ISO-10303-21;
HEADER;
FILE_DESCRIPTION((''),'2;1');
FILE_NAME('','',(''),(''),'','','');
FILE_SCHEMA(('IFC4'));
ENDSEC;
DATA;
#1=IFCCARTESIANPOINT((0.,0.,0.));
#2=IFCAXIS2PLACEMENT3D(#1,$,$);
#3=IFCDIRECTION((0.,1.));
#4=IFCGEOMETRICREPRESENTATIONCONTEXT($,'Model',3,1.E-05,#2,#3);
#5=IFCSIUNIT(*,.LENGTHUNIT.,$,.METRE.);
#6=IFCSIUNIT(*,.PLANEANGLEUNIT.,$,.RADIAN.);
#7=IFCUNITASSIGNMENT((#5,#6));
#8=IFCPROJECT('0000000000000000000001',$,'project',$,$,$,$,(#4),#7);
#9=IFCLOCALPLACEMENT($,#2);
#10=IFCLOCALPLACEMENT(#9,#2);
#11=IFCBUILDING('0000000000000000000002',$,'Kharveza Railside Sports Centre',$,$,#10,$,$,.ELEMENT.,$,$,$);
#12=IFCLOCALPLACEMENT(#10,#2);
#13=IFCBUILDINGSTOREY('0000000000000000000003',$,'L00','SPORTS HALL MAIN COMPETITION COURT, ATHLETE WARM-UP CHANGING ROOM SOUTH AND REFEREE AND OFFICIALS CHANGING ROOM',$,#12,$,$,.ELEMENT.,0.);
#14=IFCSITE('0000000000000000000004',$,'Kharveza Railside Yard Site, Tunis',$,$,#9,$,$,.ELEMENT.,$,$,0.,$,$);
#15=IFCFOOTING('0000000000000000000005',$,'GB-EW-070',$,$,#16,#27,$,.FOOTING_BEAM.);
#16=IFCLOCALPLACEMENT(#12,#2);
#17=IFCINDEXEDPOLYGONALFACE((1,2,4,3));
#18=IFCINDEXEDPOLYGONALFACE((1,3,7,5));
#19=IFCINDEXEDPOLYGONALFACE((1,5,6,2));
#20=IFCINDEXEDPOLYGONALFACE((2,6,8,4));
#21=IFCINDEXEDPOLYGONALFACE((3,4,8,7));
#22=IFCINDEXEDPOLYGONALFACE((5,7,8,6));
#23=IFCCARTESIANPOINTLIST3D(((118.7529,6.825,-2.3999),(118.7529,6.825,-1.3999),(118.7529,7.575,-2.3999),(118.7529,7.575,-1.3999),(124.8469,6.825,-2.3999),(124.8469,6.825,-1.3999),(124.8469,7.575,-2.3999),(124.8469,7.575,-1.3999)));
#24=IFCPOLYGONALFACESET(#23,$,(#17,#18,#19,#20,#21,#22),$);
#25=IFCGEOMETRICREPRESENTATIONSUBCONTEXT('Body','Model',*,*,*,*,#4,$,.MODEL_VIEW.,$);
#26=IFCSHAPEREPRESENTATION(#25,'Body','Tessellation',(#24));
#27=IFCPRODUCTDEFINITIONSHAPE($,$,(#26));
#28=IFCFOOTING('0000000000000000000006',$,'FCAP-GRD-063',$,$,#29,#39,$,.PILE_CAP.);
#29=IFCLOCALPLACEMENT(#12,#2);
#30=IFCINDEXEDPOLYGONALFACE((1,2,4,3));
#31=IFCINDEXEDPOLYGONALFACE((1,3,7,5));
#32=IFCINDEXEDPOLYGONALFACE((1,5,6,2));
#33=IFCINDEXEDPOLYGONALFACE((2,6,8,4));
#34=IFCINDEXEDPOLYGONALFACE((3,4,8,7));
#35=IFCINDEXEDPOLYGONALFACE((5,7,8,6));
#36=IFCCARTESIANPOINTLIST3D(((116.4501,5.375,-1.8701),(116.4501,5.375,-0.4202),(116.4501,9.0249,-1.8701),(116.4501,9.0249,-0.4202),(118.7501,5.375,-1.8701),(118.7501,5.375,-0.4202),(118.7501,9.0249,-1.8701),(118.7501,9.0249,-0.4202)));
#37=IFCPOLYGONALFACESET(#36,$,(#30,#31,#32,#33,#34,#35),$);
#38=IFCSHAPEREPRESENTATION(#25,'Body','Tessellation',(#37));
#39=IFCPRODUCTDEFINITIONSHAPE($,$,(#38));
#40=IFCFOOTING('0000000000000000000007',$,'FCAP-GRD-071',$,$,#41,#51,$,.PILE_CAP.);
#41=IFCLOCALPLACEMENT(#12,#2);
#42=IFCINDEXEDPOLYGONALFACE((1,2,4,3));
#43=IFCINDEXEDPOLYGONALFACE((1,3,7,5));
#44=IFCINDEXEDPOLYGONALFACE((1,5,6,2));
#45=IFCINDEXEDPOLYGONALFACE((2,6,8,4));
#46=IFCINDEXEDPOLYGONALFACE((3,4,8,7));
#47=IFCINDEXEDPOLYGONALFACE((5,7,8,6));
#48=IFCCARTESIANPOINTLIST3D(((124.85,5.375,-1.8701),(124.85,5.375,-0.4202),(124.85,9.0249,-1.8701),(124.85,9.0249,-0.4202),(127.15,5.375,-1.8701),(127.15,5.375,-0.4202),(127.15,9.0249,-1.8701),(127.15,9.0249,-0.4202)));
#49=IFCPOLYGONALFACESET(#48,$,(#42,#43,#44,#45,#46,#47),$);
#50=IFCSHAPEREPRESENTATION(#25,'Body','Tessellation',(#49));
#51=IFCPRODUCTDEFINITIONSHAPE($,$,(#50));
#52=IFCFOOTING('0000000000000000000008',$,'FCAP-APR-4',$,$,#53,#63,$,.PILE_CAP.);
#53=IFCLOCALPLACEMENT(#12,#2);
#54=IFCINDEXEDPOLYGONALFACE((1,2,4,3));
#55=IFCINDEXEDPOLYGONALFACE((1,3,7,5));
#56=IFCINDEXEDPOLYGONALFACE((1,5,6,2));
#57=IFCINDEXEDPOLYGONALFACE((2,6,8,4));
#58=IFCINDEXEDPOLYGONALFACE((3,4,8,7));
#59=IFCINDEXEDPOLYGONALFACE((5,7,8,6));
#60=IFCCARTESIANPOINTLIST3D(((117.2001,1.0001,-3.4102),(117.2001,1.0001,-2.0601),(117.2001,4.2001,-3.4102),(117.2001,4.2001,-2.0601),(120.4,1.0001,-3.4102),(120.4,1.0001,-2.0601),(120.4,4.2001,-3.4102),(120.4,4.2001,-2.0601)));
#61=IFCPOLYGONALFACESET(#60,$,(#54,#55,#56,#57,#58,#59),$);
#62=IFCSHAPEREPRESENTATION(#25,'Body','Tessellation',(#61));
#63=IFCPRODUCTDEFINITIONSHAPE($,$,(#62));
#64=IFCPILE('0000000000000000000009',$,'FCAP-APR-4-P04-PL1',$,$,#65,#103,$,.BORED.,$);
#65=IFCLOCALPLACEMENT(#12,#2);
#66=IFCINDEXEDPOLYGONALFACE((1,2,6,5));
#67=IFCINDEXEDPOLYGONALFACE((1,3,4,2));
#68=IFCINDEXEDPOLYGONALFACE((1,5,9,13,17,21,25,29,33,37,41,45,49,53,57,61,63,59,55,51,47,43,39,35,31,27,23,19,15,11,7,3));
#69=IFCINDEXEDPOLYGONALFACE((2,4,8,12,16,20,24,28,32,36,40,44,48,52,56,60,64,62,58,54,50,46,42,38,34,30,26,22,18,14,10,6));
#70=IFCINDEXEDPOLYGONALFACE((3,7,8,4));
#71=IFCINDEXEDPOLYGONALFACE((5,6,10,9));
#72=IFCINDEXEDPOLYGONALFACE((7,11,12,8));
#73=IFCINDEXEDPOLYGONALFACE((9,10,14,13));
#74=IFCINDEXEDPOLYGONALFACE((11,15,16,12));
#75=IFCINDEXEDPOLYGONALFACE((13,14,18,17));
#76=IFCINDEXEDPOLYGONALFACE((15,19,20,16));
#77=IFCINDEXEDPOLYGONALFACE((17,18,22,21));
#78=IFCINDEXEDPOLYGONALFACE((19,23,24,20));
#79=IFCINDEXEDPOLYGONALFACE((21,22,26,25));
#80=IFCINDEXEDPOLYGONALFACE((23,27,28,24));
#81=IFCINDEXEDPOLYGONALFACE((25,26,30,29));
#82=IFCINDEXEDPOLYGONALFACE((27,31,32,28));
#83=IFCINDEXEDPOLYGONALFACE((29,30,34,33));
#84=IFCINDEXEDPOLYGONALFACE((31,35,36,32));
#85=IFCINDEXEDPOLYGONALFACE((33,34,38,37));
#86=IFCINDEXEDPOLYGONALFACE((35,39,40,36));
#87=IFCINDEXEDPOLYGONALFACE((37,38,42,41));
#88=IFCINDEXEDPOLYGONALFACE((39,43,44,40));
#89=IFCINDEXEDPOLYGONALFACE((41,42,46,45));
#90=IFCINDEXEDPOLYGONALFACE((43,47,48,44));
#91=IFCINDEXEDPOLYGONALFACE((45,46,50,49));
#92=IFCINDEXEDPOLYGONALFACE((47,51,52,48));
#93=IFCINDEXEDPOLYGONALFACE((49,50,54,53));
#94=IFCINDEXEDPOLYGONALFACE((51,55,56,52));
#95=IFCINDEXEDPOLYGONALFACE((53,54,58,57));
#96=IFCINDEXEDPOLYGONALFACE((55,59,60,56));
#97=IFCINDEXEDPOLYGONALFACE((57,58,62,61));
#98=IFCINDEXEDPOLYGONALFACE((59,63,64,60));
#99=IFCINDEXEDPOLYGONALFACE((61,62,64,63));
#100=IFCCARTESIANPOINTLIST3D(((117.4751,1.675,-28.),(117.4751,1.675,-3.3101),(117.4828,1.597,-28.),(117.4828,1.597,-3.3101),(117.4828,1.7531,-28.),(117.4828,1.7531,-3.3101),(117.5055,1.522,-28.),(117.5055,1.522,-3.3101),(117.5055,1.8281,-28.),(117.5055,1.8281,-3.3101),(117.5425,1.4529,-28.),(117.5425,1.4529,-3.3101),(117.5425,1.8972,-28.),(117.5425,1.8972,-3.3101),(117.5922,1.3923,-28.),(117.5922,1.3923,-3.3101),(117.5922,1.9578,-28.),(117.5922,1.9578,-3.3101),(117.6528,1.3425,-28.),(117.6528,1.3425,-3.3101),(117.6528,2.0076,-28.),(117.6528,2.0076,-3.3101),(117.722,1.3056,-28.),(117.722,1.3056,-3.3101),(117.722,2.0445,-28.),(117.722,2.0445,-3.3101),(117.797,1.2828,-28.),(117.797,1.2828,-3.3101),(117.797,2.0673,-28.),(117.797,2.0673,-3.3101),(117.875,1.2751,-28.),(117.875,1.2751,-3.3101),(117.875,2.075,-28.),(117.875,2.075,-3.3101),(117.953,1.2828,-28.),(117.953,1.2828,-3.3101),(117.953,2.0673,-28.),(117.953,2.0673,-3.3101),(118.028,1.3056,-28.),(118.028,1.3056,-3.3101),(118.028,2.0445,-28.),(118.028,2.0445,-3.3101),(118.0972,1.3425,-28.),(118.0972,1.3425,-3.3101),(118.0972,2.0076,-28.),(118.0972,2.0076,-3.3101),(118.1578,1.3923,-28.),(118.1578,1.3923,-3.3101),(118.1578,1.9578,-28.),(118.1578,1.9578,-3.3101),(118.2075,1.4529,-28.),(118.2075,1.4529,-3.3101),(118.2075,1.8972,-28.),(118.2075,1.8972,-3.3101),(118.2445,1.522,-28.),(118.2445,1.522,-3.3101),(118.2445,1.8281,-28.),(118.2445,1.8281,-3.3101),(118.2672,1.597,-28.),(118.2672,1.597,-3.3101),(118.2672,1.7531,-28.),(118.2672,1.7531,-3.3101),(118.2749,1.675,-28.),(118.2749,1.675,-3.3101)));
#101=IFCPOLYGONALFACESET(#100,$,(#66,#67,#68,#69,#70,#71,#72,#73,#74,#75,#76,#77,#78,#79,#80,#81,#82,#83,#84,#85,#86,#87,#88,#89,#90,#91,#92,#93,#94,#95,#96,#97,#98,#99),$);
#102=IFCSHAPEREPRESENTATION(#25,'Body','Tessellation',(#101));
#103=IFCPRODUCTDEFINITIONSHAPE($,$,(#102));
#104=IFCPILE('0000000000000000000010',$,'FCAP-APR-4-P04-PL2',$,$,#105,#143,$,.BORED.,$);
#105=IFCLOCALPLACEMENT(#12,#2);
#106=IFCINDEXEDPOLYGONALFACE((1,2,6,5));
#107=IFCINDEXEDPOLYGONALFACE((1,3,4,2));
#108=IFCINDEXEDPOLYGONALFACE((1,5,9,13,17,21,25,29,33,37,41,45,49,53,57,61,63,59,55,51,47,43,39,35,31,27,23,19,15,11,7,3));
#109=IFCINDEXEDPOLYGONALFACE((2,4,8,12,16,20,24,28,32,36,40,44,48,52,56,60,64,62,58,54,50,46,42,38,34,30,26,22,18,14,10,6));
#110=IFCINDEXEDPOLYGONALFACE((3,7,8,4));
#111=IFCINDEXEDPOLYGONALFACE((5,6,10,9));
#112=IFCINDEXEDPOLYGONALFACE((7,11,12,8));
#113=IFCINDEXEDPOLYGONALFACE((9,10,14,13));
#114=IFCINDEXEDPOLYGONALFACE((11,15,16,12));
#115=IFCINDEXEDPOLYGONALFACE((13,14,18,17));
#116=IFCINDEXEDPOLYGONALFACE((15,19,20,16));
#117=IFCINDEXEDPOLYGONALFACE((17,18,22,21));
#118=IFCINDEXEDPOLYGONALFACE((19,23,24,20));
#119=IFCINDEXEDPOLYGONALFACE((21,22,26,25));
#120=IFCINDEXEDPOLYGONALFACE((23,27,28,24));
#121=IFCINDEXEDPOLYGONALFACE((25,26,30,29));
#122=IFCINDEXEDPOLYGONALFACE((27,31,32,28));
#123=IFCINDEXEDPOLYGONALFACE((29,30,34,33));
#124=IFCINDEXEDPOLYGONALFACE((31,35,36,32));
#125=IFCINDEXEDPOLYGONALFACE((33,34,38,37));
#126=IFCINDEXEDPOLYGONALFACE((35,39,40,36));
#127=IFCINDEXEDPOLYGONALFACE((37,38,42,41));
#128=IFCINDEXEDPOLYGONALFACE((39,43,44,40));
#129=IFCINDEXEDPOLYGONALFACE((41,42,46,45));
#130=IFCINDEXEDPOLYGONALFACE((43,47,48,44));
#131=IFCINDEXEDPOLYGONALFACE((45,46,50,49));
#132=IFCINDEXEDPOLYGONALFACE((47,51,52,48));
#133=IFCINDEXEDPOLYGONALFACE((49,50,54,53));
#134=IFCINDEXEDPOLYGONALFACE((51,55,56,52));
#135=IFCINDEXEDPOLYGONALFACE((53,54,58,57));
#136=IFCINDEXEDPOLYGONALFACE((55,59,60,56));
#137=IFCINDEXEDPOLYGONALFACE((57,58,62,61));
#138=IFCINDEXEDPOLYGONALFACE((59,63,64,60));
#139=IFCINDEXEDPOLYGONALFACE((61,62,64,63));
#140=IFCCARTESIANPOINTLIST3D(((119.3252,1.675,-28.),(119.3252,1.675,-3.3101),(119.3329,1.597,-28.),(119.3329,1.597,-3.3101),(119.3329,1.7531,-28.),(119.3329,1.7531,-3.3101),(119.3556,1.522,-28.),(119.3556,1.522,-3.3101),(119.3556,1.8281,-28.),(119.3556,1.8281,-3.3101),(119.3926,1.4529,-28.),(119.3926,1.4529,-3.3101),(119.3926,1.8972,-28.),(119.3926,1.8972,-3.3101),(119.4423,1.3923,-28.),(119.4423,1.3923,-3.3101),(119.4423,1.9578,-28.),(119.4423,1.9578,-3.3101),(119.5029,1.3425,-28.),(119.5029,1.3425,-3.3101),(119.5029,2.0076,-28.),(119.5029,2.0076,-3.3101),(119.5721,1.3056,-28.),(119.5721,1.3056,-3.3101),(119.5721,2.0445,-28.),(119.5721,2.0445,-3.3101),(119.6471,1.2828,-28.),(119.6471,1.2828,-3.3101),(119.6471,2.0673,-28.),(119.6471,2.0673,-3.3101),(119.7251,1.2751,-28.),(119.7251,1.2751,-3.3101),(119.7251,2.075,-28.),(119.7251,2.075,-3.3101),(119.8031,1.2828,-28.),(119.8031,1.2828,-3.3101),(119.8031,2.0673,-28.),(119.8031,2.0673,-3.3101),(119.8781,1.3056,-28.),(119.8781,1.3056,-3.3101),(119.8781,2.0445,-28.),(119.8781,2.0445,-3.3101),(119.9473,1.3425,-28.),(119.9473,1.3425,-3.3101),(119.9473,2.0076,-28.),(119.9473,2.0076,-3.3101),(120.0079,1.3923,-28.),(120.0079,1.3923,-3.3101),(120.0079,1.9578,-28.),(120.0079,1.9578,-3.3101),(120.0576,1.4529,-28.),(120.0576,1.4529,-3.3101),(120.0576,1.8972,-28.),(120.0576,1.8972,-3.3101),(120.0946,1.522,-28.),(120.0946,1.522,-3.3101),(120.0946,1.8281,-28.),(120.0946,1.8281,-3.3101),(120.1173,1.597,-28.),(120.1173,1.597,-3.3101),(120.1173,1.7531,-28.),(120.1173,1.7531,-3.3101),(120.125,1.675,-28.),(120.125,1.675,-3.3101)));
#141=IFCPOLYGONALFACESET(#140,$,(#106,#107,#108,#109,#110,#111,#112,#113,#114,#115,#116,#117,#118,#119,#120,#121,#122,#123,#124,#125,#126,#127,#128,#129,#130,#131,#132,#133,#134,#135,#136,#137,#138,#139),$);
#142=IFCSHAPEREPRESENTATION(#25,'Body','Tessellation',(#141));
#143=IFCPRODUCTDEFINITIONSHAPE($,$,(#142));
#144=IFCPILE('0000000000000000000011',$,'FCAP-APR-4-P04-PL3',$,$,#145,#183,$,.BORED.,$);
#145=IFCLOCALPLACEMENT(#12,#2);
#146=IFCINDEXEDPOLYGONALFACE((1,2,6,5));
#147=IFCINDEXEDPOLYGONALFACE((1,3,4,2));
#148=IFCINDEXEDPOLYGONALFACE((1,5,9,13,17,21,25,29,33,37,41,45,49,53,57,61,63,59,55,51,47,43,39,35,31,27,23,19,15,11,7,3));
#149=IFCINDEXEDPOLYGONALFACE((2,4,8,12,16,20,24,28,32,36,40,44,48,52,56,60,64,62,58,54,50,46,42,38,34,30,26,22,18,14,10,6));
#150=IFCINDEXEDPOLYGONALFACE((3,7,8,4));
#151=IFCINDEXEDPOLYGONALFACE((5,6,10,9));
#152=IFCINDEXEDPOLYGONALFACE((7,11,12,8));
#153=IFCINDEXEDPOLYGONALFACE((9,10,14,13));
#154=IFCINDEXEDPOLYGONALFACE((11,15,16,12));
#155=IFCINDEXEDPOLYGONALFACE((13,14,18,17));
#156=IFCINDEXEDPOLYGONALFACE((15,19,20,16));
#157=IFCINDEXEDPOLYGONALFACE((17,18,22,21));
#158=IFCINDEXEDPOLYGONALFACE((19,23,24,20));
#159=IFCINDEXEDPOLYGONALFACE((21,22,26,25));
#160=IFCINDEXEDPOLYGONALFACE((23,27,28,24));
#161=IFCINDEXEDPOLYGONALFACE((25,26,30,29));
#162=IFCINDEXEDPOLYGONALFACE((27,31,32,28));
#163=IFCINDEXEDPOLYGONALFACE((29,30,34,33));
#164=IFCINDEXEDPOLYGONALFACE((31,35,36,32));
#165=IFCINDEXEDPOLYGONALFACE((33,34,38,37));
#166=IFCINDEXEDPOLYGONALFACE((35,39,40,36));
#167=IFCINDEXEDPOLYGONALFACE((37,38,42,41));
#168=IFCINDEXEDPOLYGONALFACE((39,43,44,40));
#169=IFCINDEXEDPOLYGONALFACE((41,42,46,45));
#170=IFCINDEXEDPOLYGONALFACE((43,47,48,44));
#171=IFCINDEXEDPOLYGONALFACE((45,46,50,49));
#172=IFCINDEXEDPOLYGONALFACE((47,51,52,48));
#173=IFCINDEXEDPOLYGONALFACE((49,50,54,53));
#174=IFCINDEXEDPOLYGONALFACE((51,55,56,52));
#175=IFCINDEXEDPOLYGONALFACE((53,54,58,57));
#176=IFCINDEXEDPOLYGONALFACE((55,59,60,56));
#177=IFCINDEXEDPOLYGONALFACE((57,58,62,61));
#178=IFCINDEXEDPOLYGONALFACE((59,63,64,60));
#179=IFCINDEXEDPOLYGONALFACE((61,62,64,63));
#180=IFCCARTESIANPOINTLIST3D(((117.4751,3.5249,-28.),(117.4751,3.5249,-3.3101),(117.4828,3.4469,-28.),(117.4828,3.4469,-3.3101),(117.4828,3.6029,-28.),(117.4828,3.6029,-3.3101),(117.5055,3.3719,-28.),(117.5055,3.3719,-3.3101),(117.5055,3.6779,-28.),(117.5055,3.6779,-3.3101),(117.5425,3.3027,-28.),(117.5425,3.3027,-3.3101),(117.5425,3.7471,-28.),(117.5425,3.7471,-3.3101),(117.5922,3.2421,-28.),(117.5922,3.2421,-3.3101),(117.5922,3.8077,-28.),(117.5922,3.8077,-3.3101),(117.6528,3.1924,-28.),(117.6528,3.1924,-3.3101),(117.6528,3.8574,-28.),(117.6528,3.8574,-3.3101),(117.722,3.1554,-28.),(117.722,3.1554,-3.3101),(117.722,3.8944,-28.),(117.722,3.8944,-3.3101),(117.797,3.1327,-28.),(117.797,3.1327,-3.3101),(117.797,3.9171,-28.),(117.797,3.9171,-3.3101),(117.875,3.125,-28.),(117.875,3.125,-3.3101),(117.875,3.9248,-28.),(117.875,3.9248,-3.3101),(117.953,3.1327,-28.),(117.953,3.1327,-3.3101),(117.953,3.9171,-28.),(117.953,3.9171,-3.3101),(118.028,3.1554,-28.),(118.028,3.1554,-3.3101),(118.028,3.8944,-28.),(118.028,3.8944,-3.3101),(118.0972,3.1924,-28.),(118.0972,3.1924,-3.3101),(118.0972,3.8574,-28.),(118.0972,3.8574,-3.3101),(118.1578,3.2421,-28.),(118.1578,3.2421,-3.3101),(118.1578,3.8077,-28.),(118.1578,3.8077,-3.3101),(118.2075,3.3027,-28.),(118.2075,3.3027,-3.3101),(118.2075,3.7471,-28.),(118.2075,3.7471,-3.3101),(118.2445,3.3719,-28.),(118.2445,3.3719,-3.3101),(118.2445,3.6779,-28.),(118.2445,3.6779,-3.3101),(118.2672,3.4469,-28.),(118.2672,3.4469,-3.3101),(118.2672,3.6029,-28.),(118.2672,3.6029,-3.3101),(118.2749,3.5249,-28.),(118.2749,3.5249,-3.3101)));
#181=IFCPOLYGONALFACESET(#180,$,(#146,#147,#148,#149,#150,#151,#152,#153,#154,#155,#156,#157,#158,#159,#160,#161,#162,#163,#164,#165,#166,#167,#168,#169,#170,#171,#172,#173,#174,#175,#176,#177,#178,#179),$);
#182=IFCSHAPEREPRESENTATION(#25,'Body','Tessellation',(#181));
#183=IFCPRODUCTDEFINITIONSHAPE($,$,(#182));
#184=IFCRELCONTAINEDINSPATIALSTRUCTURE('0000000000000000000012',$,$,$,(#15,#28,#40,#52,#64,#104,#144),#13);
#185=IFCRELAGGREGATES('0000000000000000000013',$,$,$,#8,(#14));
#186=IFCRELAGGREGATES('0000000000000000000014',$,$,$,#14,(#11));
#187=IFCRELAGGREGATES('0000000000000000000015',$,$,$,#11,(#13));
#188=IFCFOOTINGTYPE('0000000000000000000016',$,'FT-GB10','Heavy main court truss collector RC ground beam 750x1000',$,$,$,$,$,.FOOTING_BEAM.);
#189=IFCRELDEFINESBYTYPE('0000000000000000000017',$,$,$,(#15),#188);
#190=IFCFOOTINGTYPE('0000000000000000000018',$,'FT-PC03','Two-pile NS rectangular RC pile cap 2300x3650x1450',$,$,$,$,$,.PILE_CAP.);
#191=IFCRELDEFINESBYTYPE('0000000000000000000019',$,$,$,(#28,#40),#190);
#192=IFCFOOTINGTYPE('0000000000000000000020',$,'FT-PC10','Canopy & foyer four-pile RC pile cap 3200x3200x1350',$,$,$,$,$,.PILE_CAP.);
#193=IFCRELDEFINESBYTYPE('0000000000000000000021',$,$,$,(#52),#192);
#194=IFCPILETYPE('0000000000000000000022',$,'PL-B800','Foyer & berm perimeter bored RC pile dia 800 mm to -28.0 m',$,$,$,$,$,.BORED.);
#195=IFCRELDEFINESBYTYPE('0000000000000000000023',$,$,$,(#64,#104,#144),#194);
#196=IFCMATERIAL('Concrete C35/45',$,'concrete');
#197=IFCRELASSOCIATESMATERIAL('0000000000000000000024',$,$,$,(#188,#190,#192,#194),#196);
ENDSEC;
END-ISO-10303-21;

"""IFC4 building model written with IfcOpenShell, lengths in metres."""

from ifc_helpers import new_model, si_unit, direction, frame, origin, origin_2d, place, context, subcontext, project, spatial, rectangle, circle, extrude, material, material_profile, profile_set, type_object, element, save


model = new_model("IFC4")

# Units and contexts
model_context = context("Model", 3, precision=1e-05, world=origin(), true_north=direction((0.0, 1.0)))
body_context = subcontext(model_context, "Body", "Model", "MODEL_VIEW")
ifc_project = project(units=[si_unit("LENGTHUNIT", "METRE"), si_unit("PLANEANGLEUNIT", "RADIAN")], contexts=[model_context])

# Site, building, storey
site_placement = place(None, origin())
site = spatial("IfcSite", under=ifc_project, at=site_placement, Name="Kharveza Railside Yard Site, Tunis", CompositionType="ELEMENT", RefElevation=0.0)
building_placement = place(site_placement, origin())
building = spatial("IfcBuilding", under=site, at=building_placement, Name="Kharveza Railside Sports Centre", CompositionType="ELEMENT")
storey_placement = place(building_placement, origin())
storey = spatial("IfcBuildingStorey", under=building, at=storey_placement, Name="L00", Description="SPORTS HALL MAIN COMPETITION COURT, ATHLETE WARM-UP CHANGING ROOM SOUTH AND REFEREE AND OFFICIALS CHANGING ROOM", CompositionType="ELEMENT", Elevation=0.0)

# Footings
ifc_material_1 = material(Name="Concrete C35/45", Category="concrete")
ifc_material_profile_1 = material_profile(ifc_material_1, rectangle(XDim=0.75, YDim=1.0, at=origin_2d()), Name="GB 750x1000")
ifc_profile_set_1 = profile_set([ifc_material_profile_1], Name="Concrete C35/45")
footing_type_1 = type_object("IfcFootingType", Name="FT-GB10", Description="Heavy main court truss collector RC ground beam 750x1000", PredefinedType="FOOTING_BEAM", material=ifc_profile_set_1)
footing_1_placement = place(storey_placement, frame((118.7529, 7.2, -1.8999), z_axis=(1.0, 0.0, 0.0), x_axis=(0.0, 1.0, 0.0)))
element("IfcFooting", 1, at=footing_1_placement, inside=storey, type_object=footing_type_1, Name="GB-EW-070", PredefinedType="FOOTING_BEAM", context=body_context, shape_type="SweptSolid", body=[
    extrude(rectangle(XDim=0.75, YDim=1.0, at=origin_2d()), origin(), (0.0, 0.0, 1.0), 6.094),
])
footing_type_2 = type_object("IfcFootingType", Name="FT-PC03", Description="Two-pile NS rectangular RC pile cap 2300x3650x1450", PredefinedType="PILE_CAP", material=ifc_material_1)
for number, where, z_axis, x_axis, name in (
    (2, (117.6001, 7.2, -1.8701), (0.0, 0.0, 1.0), (1.0, 0.0, 0.0), "FCAP-GRD-063"),
    (3, (126.0, 7.2, -1.8701), (0.0, 0.0, 1.0), (1.0, 0.0, 0.0), "FCAP-GRD-071"),
):
    element("IfcFooting", number, at=place(storey_placement, frame(where, z_axis=z_axis, x_axis=x_axis)), inside=storey, type_object=footing_type_2, Name=name, PredefinedType="PILE_CAP", context=body_context, shape_type="SweptSolid", body=[
        extrude(rectangle(XDim=2.3, YDim=3.6499, at=origin_2d()), origin(), (0.0, 0.0, 1.0), 1.45),
    ])
footing_type_3 = type_object("IfcFootingType", Name="FT-PC10", Description="Canopy & foyer four-pile RC pile cap 3200x3200x1350", PredefinedType="PILE_CAP", material=ifc_material_1)
footing_2_placement = place(storey_placement, frame((118.8, 2.6001, -3.4102), z_axis=(0.0, 0.0, 1.0), x_axis=(1.0, 0.0, 0.0)))
element("IfcFooting", 4, at=footing_2_placement, inside=storey, type_object=footing_type_3, Name="FCAP-APR-4", PredefinedType="PILE_CAP", context=body_context, shape_type="SweptSolid", body=[
    extrude(rectangle(XDim=3.2, YDim=3.2, at=origin_2d()), origin(), (0.0, 0.0, 1.0), 1.3501),
])

# Piles
ifc_material_profile_2 = material_profile(ifc_material_1, circle(Radius=0.3999, at=origin_2d()), Name="PILE D800")
ifc_profile_set_2 = profile_set([ifc_material_profile_2], Name="Concrete C35/45")
pile_type_1 = type_object("IfcPileType", Name="PL-B800", Description="Foyer & berm perimeter bored RC pile dia 800 mm to -28.0 m", PredefinedType="BORED", material=ifc_profile_set_2)
for number, where, z_axis, x_axis, name in (
    (5, (117.875, 1.675, -3.3101), (0.0, 0.0, -1.0), (1.0, 0.0, 0.0), "FCAP-APR-4-P04-PL1"),
    (6, (119.7251, 1.675, -3.3101), (0.0, 0.0, -1.0), (1.0, 0.0, 0.0), "FCAP-APR-4-P04-PL2"),
    (7, (117.875, 3.5249, -3.3101), (0.0, 0.0, -1.0), (1.0, 0.0, 0.0), "FCAP-APR-4-P04-PL3"),
):
    element("IfcPile", number, at=place(storey_placement, frame(where, z_axis=z_axis, x_axis=x_axis)), inside=storey, type_object=pile_type_1, Name=name, PredefinedType="BORED", context=body_context, shape_type="SweptSolid", body=[
        extrude(circle(Radius=0.3999, at=origin_2d()), origin(), (0.0, 0.0, 1.0), 24.6899),
    ])

save(model, "model.ifc")
